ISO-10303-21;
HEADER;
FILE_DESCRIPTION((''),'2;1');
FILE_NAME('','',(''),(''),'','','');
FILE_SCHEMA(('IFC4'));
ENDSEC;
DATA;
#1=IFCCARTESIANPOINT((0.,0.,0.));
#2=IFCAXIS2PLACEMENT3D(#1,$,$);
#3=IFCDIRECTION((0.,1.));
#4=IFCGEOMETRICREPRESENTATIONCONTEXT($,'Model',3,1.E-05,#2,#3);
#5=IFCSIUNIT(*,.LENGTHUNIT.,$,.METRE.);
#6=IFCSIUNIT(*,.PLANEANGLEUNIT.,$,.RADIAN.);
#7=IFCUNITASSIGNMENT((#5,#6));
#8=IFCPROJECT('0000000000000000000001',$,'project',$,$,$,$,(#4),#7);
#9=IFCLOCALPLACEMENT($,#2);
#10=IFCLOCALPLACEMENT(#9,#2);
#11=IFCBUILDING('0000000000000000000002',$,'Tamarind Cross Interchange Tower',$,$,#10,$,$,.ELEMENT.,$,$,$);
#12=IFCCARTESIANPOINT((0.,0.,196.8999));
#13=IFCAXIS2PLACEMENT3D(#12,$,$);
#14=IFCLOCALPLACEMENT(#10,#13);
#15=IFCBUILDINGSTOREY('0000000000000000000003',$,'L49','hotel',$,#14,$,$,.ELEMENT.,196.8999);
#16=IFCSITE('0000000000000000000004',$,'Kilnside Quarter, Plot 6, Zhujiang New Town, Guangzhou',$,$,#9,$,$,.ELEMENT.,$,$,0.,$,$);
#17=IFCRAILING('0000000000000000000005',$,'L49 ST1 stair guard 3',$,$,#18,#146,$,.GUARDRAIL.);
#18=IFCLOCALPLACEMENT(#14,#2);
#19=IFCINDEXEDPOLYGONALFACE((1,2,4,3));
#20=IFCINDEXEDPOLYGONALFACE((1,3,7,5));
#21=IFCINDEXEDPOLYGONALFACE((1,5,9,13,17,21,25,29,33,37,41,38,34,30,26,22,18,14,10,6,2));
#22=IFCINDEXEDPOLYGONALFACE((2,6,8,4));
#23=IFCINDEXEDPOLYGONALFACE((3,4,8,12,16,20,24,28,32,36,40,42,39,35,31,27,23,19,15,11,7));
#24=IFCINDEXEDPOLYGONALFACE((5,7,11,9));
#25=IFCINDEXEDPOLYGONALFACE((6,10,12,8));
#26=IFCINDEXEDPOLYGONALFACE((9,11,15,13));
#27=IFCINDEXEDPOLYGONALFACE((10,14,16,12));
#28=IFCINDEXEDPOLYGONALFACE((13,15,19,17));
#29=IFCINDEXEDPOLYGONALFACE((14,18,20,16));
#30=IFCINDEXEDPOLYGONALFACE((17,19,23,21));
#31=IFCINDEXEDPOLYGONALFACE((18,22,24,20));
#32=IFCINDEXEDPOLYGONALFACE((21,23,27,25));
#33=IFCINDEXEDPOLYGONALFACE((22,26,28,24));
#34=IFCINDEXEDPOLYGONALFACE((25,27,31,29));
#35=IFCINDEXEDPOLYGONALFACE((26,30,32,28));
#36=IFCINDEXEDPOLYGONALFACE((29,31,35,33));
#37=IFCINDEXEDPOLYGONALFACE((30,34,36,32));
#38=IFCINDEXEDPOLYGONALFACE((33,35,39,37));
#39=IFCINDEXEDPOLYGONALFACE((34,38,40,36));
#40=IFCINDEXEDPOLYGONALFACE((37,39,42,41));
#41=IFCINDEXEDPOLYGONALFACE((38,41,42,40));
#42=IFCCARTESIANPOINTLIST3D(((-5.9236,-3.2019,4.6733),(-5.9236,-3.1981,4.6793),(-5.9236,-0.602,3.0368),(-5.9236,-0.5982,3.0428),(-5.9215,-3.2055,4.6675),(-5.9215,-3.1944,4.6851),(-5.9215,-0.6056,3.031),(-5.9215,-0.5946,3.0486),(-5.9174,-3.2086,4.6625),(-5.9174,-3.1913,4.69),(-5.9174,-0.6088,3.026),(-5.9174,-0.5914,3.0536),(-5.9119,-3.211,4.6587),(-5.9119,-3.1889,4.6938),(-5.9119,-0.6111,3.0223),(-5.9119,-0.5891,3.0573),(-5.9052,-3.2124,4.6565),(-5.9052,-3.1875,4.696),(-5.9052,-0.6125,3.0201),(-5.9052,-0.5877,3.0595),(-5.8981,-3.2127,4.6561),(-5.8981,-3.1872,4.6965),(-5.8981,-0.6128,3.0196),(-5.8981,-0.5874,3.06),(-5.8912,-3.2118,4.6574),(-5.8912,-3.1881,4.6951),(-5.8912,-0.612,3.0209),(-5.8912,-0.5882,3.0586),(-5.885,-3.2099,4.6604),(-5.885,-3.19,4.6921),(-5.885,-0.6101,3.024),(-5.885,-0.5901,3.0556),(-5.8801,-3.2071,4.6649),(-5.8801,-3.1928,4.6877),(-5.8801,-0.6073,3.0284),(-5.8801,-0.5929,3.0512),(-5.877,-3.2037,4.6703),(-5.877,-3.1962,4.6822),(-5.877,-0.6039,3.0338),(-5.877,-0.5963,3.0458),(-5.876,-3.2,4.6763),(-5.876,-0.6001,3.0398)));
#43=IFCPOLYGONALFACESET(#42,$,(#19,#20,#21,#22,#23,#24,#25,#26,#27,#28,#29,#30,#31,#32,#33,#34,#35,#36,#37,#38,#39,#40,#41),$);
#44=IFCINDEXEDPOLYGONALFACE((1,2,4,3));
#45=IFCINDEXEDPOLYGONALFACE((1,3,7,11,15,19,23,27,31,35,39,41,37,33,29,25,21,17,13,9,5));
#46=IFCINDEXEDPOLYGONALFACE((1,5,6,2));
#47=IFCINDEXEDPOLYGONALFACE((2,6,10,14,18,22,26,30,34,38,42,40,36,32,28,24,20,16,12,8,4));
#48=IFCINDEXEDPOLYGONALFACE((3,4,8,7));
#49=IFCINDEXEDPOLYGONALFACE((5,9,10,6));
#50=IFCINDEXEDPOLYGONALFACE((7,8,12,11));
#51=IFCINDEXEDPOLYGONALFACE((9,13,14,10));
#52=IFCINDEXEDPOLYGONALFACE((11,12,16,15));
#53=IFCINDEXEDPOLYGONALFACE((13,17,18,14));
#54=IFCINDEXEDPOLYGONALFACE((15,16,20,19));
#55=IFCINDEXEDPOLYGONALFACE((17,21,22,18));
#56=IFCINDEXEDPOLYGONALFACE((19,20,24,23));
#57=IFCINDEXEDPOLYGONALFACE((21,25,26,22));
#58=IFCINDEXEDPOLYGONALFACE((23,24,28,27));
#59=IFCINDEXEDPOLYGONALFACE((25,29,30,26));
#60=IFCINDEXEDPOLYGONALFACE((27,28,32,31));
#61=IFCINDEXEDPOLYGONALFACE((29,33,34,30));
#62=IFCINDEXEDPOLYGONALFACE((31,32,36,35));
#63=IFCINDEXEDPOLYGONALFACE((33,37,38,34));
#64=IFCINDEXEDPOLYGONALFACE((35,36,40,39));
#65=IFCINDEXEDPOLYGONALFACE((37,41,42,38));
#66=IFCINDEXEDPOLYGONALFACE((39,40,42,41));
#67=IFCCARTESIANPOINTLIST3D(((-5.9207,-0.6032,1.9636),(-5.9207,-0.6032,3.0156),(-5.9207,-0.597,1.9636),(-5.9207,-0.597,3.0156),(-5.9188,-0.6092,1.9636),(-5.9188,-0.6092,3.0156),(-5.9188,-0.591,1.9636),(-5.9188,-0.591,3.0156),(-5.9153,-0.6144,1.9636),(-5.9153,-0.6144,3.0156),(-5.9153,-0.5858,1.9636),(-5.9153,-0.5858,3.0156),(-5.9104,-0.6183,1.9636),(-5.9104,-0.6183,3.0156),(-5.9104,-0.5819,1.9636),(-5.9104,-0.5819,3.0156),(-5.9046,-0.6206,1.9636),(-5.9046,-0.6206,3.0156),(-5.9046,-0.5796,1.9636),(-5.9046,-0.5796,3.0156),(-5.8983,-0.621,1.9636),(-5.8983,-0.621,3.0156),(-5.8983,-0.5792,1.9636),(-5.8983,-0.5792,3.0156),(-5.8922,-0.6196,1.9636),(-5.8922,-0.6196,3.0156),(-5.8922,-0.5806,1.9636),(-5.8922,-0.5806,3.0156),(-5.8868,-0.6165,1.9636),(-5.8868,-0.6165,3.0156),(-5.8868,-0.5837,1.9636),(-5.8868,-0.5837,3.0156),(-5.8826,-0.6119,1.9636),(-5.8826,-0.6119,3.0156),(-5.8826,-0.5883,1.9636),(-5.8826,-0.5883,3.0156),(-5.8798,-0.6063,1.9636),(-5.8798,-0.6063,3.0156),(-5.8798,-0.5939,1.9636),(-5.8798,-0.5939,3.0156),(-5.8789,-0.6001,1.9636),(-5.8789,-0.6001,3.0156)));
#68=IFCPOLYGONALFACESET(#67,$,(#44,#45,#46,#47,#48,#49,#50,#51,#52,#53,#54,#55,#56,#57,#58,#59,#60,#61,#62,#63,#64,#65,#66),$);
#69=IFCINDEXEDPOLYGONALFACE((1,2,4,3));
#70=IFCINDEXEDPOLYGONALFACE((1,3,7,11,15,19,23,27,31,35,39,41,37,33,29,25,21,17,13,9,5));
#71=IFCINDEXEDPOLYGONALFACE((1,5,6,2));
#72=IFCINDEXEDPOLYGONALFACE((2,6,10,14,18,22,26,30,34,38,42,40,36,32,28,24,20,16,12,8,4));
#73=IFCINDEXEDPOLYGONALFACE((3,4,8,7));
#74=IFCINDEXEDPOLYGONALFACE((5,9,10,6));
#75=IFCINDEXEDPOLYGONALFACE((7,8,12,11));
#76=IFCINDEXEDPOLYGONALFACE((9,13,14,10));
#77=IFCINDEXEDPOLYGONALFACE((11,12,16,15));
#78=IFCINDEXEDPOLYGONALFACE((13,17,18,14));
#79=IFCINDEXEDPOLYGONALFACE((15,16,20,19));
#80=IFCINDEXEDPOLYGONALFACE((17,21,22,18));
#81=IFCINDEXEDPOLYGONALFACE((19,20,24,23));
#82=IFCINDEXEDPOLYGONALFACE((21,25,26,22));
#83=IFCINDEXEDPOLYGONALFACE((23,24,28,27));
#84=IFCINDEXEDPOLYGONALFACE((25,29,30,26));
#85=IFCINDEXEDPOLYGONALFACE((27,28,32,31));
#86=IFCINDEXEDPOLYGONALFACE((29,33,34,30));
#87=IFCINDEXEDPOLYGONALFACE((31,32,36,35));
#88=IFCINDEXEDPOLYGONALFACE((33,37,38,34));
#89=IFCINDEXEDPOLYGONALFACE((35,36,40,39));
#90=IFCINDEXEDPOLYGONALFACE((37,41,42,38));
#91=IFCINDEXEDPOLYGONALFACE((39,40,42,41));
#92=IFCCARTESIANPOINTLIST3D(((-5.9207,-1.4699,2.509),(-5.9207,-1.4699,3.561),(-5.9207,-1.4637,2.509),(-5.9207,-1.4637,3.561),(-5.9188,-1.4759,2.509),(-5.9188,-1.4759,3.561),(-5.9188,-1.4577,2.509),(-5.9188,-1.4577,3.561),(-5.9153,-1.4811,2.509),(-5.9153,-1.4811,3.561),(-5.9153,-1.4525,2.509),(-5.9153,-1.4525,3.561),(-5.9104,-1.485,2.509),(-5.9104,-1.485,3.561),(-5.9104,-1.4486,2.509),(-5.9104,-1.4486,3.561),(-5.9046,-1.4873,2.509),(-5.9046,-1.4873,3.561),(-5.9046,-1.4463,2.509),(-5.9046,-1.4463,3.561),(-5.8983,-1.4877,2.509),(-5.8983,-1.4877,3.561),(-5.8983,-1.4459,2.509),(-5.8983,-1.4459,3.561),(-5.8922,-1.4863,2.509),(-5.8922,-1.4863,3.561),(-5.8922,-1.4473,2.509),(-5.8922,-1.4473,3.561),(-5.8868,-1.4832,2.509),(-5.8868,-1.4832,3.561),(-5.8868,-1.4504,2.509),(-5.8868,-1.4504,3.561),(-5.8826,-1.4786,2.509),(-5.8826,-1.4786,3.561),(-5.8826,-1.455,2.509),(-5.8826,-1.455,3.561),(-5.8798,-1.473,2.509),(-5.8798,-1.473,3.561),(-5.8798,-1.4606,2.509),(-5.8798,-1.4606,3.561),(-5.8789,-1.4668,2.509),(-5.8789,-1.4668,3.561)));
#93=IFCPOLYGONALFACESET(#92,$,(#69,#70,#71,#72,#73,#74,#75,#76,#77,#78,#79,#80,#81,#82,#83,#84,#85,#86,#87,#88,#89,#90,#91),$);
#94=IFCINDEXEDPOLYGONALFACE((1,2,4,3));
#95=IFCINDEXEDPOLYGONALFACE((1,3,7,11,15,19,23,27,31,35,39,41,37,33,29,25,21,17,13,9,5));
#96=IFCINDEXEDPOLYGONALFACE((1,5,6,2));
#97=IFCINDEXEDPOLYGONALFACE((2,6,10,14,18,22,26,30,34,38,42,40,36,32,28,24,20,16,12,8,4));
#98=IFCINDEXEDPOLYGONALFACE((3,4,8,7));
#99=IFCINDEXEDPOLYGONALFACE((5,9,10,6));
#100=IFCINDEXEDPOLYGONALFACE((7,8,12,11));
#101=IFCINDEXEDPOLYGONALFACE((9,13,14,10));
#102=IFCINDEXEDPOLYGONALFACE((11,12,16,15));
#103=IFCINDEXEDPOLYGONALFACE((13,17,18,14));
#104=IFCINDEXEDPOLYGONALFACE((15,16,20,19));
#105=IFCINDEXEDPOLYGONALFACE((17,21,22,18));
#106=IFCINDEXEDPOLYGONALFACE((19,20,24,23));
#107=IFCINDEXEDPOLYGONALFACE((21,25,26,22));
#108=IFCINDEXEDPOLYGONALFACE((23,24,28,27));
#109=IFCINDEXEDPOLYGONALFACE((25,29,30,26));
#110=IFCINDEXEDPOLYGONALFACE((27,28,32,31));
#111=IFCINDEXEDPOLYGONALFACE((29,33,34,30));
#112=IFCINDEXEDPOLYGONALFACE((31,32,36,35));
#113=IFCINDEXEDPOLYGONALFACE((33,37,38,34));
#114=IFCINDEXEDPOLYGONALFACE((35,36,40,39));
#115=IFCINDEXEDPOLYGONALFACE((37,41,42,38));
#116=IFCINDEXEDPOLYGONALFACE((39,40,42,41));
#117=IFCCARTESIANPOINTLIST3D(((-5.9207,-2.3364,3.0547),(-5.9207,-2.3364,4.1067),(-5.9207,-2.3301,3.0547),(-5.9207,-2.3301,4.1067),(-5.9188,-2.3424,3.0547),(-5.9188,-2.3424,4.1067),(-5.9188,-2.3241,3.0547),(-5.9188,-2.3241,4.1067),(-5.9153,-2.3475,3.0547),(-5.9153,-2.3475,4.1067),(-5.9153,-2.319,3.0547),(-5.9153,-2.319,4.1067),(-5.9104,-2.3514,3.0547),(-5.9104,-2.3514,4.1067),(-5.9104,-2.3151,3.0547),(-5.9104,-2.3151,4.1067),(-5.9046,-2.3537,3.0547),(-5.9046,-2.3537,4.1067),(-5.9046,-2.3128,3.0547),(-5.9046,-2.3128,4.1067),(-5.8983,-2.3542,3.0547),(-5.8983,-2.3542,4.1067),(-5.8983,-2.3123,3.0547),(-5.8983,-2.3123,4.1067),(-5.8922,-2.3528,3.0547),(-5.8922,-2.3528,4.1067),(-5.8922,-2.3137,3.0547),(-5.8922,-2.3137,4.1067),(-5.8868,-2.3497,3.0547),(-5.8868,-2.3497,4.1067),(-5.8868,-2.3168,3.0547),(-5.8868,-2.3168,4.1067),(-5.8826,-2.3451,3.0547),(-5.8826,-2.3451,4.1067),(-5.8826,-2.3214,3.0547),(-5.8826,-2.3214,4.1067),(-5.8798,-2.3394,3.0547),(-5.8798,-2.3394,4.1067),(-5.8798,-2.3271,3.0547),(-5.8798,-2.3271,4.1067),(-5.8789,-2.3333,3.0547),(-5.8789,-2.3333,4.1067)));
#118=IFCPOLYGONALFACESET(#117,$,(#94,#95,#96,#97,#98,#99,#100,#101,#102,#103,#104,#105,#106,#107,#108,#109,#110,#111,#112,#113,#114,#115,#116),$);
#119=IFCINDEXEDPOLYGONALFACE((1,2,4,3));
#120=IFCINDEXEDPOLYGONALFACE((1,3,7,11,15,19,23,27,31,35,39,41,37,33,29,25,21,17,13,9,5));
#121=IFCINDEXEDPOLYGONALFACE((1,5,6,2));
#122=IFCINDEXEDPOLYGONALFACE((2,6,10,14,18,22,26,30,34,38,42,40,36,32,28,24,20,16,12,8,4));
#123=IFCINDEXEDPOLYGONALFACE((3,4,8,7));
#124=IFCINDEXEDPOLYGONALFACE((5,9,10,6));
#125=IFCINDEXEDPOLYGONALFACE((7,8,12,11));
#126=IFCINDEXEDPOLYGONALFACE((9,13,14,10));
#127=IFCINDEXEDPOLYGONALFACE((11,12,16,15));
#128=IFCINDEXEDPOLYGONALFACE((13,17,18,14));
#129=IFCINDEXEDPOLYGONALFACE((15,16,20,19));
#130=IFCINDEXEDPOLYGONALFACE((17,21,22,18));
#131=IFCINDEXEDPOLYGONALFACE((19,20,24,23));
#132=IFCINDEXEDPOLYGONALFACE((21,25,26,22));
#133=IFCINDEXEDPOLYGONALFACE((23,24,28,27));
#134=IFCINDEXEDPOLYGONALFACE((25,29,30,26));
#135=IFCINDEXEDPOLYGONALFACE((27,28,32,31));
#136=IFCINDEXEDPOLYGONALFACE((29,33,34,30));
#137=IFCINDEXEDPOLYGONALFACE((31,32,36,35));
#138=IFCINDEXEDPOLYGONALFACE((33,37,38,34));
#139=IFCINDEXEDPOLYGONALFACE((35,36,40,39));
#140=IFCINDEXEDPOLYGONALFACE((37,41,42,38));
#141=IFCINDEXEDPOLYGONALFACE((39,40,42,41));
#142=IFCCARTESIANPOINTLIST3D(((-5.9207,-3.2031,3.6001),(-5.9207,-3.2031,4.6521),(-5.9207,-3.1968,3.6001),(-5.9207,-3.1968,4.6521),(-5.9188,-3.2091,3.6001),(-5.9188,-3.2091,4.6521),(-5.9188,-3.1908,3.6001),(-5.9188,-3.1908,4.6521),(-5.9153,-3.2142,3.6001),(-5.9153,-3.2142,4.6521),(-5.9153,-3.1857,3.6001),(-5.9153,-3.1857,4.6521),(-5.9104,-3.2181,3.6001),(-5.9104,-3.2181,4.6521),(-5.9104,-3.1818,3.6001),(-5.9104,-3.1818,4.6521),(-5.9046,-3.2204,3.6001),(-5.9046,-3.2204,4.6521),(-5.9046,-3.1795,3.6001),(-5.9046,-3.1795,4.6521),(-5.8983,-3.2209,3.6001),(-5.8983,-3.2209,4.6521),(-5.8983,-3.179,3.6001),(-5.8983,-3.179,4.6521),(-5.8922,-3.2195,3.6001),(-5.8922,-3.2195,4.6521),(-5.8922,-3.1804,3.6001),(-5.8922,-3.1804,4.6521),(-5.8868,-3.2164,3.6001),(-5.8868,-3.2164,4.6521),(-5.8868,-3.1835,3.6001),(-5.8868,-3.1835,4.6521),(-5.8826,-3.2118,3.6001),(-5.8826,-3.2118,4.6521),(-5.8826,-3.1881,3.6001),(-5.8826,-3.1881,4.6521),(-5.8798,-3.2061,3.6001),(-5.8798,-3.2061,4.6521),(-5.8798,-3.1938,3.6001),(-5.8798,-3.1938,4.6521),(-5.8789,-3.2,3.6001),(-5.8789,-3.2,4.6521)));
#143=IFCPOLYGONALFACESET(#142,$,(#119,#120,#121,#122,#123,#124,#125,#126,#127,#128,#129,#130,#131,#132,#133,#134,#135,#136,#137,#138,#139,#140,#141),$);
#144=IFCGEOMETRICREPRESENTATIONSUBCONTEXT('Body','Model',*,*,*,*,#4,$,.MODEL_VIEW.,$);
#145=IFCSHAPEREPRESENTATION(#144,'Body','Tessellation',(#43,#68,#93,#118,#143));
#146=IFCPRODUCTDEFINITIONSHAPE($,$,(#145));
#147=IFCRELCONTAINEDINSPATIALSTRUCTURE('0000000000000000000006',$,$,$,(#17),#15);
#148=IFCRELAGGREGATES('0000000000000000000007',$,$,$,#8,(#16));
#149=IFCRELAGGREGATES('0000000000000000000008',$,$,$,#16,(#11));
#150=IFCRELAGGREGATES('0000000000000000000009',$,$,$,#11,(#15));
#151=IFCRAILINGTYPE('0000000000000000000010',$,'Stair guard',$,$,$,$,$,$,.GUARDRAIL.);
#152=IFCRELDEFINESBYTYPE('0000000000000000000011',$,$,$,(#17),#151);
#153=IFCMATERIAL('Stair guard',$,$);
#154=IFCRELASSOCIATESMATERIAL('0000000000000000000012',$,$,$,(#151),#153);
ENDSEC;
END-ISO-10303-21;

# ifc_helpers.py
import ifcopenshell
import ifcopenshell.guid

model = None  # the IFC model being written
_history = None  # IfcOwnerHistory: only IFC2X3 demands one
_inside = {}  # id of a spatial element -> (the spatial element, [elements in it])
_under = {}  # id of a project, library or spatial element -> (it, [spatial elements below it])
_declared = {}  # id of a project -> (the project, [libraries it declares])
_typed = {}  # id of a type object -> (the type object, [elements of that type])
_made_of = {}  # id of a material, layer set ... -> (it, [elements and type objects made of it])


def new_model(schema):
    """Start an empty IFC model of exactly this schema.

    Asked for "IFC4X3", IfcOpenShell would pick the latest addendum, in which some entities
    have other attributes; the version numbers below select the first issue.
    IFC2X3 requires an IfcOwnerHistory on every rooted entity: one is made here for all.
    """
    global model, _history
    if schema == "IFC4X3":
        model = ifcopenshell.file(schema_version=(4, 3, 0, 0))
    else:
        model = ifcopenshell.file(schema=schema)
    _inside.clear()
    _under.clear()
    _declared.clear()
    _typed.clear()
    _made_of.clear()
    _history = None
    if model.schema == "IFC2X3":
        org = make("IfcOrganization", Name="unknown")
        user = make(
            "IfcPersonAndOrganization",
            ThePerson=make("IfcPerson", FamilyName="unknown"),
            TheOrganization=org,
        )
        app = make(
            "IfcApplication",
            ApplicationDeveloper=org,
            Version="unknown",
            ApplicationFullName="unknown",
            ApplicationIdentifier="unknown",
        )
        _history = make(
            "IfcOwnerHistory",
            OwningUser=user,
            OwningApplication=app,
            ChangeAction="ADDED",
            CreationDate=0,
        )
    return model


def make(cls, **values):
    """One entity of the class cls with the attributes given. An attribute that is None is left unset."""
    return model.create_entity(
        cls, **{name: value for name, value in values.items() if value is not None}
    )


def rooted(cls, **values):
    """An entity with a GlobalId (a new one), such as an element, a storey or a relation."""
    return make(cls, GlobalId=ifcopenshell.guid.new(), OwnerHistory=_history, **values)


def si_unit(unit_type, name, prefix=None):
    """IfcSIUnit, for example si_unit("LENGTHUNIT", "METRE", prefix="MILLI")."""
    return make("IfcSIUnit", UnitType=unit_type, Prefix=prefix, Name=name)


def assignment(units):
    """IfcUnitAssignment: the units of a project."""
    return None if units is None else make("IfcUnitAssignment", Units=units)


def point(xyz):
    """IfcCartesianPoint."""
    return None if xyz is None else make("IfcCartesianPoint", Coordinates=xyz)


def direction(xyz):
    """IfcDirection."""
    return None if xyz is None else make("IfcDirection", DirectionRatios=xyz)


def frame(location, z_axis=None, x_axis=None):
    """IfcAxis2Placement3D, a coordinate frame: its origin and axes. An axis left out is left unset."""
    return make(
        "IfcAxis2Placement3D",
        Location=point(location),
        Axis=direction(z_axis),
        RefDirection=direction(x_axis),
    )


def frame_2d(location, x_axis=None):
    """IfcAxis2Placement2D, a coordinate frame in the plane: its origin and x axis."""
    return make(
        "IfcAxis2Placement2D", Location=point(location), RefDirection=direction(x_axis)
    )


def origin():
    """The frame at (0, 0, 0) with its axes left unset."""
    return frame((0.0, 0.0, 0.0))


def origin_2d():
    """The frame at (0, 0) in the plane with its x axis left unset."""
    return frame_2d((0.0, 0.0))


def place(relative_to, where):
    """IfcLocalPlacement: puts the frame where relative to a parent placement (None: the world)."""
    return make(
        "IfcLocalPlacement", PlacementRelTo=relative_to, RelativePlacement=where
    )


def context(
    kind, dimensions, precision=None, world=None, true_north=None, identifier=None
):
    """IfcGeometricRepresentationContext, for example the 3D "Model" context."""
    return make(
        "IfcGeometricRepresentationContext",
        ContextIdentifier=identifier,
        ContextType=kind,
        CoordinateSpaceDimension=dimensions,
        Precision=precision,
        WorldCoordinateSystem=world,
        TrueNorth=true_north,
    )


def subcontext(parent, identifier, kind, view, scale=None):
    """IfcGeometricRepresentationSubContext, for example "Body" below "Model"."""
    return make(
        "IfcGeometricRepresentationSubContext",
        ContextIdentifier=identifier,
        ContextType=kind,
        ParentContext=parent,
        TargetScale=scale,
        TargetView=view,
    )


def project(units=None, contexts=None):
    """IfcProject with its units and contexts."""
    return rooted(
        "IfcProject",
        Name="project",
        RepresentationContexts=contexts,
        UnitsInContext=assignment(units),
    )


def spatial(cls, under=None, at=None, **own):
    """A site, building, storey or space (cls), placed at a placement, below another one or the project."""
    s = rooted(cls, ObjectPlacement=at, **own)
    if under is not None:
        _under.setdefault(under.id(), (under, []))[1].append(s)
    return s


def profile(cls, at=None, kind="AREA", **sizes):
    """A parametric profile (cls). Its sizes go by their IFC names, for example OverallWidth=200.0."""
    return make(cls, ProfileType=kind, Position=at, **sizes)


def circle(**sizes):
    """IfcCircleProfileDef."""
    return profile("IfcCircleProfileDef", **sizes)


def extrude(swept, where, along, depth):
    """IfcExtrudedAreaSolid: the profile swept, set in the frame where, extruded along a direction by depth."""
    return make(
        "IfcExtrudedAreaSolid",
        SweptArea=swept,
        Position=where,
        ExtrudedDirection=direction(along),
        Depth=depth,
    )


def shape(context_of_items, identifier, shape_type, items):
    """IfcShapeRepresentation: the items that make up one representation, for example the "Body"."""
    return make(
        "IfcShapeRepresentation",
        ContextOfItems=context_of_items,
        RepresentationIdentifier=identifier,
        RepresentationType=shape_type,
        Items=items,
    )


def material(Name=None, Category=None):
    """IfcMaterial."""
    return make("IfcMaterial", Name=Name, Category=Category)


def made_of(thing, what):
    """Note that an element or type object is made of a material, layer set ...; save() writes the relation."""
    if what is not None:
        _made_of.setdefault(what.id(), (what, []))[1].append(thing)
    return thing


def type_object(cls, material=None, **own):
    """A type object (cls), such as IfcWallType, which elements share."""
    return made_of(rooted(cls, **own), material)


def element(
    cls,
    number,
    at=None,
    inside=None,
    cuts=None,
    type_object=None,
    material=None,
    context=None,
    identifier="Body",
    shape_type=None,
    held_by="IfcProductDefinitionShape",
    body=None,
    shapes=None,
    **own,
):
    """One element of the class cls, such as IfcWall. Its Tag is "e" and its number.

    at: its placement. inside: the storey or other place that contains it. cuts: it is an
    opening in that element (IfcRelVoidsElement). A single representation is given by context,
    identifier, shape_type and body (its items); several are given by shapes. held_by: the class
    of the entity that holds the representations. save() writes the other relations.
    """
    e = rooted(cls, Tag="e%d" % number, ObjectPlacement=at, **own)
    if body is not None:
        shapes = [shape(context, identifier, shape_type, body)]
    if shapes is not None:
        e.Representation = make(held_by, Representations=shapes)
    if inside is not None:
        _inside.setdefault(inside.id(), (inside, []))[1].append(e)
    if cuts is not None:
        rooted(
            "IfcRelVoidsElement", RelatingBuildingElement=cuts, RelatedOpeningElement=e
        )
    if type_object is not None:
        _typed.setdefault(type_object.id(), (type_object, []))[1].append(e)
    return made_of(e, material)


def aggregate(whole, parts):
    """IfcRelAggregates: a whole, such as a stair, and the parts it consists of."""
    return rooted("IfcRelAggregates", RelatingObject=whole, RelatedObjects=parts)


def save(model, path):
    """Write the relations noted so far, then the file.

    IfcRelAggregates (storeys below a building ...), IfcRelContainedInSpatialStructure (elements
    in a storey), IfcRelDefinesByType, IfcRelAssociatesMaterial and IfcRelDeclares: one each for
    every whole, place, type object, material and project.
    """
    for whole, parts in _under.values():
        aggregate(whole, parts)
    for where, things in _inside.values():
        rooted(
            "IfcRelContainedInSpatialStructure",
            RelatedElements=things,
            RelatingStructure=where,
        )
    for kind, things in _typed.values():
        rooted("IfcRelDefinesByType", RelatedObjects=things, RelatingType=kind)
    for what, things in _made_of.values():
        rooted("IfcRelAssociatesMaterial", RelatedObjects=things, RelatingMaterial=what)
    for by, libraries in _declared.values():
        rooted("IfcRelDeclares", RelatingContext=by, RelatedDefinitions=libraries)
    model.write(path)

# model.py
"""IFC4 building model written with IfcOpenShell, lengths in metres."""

from ifc_helpers import new_model, si_unit, direction, frame, origin, origin_2d, place, context, subcontext, project, spatial, circle, extrude, material, type_object, element, save


model = new_model("IFC4")

# Units and contexts
model_context = context("Model", 3, precision=1e-05, world=origin(), true_north=direction((0.0, 1.0)))
body_context = subcontext(model_context, "Body", "Model", "MODEL_VIEW")
ifc_project = project(units=[si_unit("LENGTHUNIT", "METRE"), si_unit("PLANEANGLEUNIT", "RADIAN")], contexts=[model_context])

# Site, building, storey
site_placement = place(None, origin())
site = spatial("IfcSite", under=ifc_project, at=site_placement, Name="Kilnside Quarter, Plot 6, Zhujiang New Town, Guangzhou", CompositionType="ELEMENT", RefElevation=0.0)
building_placement = place(site_placement, origin())
building = spatial("IfcBuilding", under=site, at=building_placement, Name="Tamarind Cross Interchange Tower", CompositionType="ELEMENT")
storey_placement = place(building_placement, frame((0.0, 0.0, 196.8999)))
storey = spatial("IfcBuildingStorey", under=building, at=storey_placement, Name="L49", Description="hotel", CompositionType="ELEMENT", Elevation=196.8999)

# Railing
ifc_material_1 = material(Name="Stair guard")
railing_type_1 = type_object("IfcRailingType", Name="Stair guard", PredefinedType="GUARDRAIL", material=ifc_material_1)
railing_1_placement = place(storey_placement, frame((-5.8999, -0.6001, 1.9636)))
element("IfcRailing", 1, at=railing_1_placement, inside=storey, type_object=railing_type_1, Name="L49 ST1 stair guard 3", PredefinedType="GUARDRAIL", context=body_context, shape_type="SweptSolid", body=[
    extrude(circle(Radius=0.0239, at=origin_2d()), frame((0.0, 0.0, 1.0762), z_axis=(0.0, -0.846302, 0.532704), x_axis=(1.0, 0.0, 0.0)), (0.0, 0.0, 1.0), 3.072),
    extrude(circle(Radius=0.021, at=origin_2d()), origin(), (0.0, 0.0, 1.0), 1.052),
    extrude(circle(Radius=0.021, at=origin_2d()), frame((0.0, -0.8667, 0.5454)), (0.0, 0.0, 1.0), 1.052),
    extrude(circle(Radius=0.021, at=origin_2d()), frame((0.0, -1.7332, 1.0911)), (0.0, 0.0, 1.0), 1.052),
    extrude(circle(Radius=0.021, at=origin_2d()), frame((0.0, -2.5999, 1.6365)), (0.0, 0.0, 1.0), 1.052),
])

save(model, "model.ifc")
